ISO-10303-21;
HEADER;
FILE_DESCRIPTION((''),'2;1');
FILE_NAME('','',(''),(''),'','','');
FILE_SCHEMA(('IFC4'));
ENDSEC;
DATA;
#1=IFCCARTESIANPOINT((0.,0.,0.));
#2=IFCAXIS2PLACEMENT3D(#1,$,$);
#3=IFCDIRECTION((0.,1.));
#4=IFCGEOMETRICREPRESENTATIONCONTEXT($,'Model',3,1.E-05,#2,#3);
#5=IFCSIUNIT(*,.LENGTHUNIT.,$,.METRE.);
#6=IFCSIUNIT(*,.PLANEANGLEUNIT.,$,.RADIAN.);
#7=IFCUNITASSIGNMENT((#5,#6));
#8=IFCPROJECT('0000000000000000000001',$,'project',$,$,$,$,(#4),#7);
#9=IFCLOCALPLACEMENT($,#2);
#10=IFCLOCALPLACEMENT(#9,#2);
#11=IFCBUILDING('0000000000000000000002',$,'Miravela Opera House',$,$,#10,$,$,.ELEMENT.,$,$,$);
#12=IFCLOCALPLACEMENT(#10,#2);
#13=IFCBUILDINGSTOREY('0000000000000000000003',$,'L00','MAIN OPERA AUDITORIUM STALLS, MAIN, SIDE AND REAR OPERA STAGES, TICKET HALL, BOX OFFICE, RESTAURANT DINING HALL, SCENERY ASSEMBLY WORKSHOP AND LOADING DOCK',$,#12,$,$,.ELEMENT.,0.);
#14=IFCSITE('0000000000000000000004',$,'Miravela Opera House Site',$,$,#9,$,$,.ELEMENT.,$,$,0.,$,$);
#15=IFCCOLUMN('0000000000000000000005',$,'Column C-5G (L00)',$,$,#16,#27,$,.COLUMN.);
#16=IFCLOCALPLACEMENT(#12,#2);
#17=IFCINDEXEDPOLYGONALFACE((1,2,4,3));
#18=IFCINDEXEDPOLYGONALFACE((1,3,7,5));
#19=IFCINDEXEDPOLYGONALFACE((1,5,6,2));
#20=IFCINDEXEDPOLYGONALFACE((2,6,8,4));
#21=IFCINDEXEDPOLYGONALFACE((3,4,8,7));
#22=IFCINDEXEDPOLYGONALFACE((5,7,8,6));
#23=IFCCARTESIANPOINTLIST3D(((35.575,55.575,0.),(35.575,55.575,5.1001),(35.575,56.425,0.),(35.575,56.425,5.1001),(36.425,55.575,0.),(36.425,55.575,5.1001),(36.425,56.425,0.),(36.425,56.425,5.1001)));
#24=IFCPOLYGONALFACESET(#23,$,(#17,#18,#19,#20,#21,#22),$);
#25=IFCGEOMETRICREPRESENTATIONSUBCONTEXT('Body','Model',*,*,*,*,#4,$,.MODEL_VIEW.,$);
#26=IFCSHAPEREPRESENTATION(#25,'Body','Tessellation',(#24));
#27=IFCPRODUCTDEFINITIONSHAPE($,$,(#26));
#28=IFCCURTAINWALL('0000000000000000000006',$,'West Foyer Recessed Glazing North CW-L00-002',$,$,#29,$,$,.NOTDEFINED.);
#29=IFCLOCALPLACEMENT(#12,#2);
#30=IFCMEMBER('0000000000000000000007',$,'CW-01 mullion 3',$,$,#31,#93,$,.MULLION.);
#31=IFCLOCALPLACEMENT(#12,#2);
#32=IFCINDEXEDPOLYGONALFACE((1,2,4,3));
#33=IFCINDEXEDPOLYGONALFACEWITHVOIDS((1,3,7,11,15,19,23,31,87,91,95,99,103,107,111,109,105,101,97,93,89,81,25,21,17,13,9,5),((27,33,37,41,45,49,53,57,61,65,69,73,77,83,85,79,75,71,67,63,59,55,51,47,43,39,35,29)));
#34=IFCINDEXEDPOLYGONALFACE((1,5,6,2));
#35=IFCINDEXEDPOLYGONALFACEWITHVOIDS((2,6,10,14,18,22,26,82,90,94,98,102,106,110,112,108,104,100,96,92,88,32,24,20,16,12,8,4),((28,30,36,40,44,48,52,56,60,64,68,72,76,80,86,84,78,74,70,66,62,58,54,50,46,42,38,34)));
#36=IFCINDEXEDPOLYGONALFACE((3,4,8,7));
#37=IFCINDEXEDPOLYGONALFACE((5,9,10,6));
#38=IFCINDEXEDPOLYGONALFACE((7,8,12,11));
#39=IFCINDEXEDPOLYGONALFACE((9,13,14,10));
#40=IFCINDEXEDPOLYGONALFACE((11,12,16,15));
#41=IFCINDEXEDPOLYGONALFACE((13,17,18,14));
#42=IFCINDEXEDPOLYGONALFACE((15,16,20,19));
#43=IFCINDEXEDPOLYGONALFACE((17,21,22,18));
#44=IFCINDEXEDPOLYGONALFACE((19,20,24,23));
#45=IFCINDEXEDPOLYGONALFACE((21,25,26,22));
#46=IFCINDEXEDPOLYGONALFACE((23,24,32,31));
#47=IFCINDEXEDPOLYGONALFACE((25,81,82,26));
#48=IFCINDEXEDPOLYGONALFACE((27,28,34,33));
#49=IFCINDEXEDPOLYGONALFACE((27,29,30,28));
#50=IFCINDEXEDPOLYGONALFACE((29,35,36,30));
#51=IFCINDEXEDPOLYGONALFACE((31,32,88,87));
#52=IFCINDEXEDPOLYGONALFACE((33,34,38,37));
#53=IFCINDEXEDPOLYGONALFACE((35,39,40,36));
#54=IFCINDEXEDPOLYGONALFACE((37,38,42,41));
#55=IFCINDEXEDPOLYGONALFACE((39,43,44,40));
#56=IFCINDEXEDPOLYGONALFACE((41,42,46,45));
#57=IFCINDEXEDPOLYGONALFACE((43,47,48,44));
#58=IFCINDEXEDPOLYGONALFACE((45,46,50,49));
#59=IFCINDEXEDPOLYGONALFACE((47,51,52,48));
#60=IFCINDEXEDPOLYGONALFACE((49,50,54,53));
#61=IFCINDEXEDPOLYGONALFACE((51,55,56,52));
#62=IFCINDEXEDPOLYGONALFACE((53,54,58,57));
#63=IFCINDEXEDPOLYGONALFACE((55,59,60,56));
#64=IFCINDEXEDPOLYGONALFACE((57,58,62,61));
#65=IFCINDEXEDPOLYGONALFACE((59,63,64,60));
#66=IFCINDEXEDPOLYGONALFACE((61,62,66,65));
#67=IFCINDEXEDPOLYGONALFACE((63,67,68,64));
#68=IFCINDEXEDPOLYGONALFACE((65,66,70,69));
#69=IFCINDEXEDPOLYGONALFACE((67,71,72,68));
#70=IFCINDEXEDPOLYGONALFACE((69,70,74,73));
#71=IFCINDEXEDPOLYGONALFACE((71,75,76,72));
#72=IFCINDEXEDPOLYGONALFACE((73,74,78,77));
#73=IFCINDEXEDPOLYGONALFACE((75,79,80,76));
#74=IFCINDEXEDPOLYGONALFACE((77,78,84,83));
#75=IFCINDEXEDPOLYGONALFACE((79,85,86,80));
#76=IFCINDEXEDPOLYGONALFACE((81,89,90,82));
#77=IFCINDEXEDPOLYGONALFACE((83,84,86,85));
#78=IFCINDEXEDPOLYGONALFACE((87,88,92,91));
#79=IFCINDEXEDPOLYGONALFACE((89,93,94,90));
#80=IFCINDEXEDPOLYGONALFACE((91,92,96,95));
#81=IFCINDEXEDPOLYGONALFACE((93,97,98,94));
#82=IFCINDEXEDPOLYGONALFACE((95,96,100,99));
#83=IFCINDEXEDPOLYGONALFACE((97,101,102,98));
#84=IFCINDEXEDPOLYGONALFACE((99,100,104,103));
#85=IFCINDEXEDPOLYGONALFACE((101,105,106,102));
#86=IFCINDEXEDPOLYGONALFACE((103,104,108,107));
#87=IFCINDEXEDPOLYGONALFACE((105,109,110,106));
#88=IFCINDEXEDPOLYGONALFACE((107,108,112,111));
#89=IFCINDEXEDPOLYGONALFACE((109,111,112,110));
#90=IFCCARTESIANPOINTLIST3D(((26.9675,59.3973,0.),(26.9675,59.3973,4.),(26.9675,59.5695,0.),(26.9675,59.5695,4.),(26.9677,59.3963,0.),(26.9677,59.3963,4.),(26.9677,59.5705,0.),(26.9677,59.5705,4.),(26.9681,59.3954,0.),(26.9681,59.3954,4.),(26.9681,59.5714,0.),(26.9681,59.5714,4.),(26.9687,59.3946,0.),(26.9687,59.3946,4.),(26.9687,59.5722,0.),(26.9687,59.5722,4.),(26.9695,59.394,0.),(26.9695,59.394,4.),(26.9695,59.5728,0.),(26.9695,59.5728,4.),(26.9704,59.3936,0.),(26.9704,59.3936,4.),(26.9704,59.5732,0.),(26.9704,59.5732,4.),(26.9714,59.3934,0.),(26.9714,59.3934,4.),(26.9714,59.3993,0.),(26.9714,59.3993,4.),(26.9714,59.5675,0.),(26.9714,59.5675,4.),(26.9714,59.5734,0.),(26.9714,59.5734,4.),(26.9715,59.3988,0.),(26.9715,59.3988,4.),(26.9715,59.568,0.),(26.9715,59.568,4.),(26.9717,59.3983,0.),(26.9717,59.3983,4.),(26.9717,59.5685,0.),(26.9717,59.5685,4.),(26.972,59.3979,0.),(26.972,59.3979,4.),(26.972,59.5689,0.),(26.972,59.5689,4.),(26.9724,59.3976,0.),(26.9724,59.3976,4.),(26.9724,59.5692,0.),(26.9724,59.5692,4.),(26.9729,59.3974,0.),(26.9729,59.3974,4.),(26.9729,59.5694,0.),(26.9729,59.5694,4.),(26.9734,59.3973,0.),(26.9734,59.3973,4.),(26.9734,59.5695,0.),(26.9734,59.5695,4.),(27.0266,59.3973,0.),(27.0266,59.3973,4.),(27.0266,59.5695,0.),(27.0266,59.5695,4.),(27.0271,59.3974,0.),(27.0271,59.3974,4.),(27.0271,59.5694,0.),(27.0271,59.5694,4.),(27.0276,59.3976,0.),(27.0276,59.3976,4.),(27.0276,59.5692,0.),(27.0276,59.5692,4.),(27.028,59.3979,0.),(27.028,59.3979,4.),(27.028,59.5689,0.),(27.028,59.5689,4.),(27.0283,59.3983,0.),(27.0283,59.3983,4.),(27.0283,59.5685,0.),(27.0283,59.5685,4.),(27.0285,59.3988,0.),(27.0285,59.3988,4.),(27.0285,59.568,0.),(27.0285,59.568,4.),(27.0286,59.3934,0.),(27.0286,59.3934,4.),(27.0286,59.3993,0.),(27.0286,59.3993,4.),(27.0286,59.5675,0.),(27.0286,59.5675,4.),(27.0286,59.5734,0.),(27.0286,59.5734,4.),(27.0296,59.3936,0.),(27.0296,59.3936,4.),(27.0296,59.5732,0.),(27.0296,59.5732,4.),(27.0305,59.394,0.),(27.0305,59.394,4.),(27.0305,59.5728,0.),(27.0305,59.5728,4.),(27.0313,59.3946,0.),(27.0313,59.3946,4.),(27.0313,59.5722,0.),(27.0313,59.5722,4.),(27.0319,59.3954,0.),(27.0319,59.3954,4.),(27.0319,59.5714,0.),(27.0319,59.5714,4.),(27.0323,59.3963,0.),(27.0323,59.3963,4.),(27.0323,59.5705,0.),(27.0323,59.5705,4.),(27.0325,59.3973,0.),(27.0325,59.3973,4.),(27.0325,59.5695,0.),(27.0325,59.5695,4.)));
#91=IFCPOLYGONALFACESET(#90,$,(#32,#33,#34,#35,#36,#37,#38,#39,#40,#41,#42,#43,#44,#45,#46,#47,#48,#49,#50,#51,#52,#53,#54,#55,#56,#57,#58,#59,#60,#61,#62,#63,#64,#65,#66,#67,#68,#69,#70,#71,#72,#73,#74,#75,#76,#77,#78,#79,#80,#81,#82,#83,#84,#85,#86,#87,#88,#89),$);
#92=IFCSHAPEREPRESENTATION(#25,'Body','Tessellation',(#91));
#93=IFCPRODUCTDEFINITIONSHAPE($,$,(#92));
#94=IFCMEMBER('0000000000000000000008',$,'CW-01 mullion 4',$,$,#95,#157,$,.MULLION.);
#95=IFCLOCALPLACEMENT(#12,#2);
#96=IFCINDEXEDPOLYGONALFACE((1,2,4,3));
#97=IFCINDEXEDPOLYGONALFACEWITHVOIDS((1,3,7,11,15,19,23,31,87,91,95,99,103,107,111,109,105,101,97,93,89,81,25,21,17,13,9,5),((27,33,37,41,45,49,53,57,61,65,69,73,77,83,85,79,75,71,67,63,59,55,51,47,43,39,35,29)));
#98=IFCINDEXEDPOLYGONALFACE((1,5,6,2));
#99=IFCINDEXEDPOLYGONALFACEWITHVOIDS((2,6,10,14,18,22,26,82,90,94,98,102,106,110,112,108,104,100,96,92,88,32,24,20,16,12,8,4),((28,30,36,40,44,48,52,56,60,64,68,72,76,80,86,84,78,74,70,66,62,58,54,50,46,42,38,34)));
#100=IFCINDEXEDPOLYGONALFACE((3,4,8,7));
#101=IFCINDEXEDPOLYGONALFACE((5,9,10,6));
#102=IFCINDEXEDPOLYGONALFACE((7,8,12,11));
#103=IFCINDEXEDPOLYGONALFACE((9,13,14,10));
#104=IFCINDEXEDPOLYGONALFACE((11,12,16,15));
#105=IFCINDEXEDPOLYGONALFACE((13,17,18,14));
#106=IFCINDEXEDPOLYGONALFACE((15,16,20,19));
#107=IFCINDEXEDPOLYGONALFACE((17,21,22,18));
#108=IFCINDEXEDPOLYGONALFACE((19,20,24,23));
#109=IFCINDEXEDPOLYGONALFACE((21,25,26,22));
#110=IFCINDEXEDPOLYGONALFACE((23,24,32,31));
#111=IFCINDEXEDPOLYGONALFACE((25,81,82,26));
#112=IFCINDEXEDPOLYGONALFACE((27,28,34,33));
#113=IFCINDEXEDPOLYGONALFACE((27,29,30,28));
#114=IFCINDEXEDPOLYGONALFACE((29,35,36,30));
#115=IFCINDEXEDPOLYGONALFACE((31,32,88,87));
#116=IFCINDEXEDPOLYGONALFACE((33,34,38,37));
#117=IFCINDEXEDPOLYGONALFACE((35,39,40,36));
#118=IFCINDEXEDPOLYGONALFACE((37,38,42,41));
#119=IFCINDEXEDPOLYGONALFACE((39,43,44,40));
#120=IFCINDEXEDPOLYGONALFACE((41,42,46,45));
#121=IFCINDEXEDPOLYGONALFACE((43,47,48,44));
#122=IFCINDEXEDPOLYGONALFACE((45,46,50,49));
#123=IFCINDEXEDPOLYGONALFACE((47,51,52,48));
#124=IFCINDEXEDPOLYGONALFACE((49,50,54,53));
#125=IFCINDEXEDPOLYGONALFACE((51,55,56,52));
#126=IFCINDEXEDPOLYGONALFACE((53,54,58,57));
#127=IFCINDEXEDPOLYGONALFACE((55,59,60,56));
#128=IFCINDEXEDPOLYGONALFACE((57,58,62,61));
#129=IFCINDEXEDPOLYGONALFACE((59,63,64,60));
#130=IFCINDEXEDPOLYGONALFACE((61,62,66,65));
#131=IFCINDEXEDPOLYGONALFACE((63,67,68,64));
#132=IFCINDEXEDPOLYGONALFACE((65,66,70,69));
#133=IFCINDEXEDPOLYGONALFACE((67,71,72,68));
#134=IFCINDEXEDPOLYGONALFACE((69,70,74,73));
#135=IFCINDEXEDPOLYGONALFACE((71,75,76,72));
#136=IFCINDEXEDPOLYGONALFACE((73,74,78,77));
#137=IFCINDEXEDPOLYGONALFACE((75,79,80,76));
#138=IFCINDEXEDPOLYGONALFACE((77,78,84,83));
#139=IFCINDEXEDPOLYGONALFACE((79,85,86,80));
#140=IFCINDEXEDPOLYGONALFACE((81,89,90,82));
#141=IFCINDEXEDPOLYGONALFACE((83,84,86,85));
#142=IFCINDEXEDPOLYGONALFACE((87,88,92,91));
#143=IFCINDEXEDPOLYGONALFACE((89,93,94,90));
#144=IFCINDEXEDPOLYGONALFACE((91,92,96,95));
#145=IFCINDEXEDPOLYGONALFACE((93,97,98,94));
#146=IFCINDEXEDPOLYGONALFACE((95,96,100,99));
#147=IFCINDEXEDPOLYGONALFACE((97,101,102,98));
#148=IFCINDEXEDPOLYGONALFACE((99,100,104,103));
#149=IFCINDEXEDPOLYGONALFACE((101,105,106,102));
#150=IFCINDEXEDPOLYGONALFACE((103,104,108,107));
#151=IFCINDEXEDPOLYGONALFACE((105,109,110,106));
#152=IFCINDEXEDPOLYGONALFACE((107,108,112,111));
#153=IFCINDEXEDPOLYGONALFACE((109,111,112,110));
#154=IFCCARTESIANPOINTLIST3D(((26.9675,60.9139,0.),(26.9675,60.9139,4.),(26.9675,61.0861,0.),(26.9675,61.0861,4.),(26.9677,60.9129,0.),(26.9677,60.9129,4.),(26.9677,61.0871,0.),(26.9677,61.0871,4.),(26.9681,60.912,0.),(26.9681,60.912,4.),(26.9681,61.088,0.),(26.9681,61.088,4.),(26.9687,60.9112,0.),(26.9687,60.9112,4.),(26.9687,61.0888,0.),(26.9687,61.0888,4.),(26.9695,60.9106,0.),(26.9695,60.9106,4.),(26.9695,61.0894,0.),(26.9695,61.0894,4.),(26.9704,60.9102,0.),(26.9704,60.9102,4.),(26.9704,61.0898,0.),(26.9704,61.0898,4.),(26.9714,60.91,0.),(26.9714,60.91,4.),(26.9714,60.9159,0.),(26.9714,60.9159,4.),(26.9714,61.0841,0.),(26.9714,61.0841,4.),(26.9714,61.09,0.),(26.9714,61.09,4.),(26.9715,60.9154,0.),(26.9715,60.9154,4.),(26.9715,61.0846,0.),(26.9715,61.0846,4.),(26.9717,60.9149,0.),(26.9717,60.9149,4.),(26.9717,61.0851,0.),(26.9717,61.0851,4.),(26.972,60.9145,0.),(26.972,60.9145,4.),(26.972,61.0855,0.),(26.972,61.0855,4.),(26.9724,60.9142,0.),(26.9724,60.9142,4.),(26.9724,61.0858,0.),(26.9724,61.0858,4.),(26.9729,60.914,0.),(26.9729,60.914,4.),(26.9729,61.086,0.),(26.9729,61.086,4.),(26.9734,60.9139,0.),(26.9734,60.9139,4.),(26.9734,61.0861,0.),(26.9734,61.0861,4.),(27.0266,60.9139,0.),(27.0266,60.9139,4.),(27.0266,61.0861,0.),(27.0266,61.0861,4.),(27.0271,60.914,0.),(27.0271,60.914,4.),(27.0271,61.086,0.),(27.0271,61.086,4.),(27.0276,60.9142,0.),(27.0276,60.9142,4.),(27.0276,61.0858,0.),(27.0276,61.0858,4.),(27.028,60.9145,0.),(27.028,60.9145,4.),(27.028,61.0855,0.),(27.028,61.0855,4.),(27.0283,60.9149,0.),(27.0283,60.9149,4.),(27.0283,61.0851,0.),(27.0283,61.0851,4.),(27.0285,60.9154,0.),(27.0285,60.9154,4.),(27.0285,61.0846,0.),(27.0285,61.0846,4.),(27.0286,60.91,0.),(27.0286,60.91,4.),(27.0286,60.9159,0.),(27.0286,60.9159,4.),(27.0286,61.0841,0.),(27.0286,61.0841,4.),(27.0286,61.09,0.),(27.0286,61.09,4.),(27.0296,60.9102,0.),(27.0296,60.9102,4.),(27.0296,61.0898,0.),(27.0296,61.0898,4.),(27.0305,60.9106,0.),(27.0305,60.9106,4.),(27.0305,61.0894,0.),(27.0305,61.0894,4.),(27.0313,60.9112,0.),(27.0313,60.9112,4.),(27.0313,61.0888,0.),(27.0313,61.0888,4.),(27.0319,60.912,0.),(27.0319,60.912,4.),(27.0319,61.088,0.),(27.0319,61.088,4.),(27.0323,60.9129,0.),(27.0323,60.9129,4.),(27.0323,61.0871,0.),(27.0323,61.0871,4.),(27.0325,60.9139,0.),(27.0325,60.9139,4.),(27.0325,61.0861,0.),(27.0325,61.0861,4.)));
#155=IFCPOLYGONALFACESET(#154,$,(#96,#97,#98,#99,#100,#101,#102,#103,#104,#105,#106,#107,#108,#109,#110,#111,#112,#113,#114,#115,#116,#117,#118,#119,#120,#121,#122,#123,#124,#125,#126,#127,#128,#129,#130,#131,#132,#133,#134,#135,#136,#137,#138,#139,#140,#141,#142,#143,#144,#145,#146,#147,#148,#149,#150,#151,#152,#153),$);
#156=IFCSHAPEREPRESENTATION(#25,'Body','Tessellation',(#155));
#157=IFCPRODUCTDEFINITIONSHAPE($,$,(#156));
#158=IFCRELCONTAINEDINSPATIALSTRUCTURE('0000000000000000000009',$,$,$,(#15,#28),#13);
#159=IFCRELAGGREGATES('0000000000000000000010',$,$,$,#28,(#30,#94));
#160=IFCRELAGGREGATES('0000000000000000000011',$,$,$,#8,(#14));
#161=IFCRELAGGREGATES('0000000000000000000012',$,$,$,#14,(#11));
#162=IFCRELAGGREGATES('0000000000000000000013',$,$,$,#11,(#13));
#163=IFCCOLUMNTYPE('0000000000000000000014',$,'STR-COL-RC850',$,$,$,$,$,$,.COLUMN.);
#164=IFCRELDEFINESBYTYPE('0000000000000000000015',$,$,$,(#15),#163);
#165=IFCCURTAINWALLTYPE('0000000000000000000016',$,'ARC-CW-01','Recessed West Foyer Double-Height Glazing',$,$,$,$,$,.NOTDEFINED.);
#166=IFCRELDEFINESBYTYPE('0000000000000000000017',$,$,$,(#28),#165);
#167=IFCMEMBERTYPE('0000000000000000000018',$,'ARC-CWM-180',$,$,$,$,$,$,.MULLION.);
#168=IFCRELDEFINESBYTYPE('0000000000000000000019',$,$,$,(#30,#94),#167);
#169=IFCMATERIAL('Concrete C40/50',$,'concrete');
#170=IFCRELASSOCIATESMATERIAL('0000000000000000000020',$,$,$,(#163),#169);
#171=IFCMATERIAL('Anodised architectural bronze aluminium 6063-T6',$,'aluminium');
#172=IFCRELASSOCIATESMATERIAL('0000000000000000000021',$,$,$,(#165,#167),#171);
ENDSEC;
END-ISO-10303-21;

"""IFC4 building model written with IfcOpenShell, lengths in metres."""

from ifc_helpers import new_model, si_unit, direction, frame, origin, origin_2d, place, context, subcontext, project, spatial, rectangle, hollow_rectangle, extrude, material, material_profile, profile_set, type_object, element, aggregate, save


model = new_model("IFC4")

# Units and contexts
model_context = context("Model", 3, precision=1e-05, world=origin(), true_north=direction((0.0, 1.0)))
body_context = subcontext(model_context, "Body", "Model", "MODEL_VIEW")
ifc_project = project(units=[si_unit("LENGTHUNIT", "METRE"), si_unit("PLANEANGLEUNIT", "RADIAN")], contexts=[model_context])

# Site, building, storey
site_placement = place(None, origin())
site = spatial("IfcSite", under=ifc_project, at=site_placement, Name="Miravela Opera House Site", CompositionType="ELEMENT", RefElevation=0.0)
building_placement = place(site_placement, origin())
building = spatial("IfcBuilding", under=site, at=building_placement, Name="Miravela Opera House", CompositionType="ELEMENT")
storey_placement = place(building_placement, origin())
storey = spatial("IfcBuildingStorey", under=building, at=storey_placement, Name="L00", Description="MAIN OPERA AUDITORIUM STALLS, MAIN, SIDE AND REAR OPERA STAGES, TICKET HALL, BOX OFFICE, RESTAURANT DINING HALL, SCENERY ASSEMBLY WORKSHOP AND LOADING DOCK", CompositionType="ELEMENT", Elevation=0.0)

# Column
ifc_material_1 = material(Name="Concrete C40/50", Category="concrete")
ifc_material_profile_1 = material_profile(ifc_material_1, rectangle(XDim=0.8501, YDim=0.8501, at=origin_2d()), Name="RC-COL-850X850")
ifc_profile_set_1 = profile_set([ifc_material_profile_1])
column_type = type_object("IfcColumnType", Name="STR-COL-RC850", PredefinedType="COLUMN", material=ifc_profile_set_1)
column_placement = place(storey_placement, frame((36.0, 56.0, 0.0), z_axis=(0.0, 0.0, 1.0), x_axis=(1.0, 0.0, 0.0)))
element("IfcColumn", 1, at=column_placement, inside=storey, type_object=column_type, Name="Column C-5G (L00)", PredefinedType="COLUMN", context=body_context, shape_type="SweptSolid", body=[
    extrude(rectangle(XDim=0.8501, YDim=0.8501, at=origin_2d()), origin(), (0.0, 0.0, 1.0), 5.1001),
])

# Curtain wall, members
ifc_material_2 = material(Name="Anodised architectural bronze aluminium 6063-T6", Category="aluminium")
curtain_wall_type = type_object("IfcCurtainWallType", Name="ARC-CW-01", Description="Recessed West Foyer Double-Height Glazing", PredefinedType="NOTDEFINED", material=ifc_material_2)
curtain_wall_placement = place(storey_placement, origin())
curtain_wall = element("IfcCurtainWall", 2, at=curtain_wall_placement, inside=storey, type_object=curtain_wall_type, Name="West Foyer Recessed Glazing North CW-L00-002", PredefinedType="NOTDEFINED")
ifc_material_profile_2 = material_profile(ifc_material_2, hollow_rectangle(XDim=0.0649, YDim=0.1799, WallThickness=0.0039, InnerFilletRadius=0.002, OuterFilletRadius=0.0039, at=origin_2d()), Name="CWM-65X180")
ifc_profile_set_2 = profile_set([ifc_material_profile_2])
member_type_1 = type_object("IfcMemberType", Name="ARC-CWM-180", PredefinedType="MULLION", material=ifc_profile_set_2)
member_1_placement = place(storey_placement, frame((27.0, 59.4834, 0.0), z_axis=(0.0, 0.0, 1.0), x_axis=(-1.0, 0.0, 0.0)))
member_1 = element("IfcMember", 3, at=member_1_placement, type_object=member_type_1, Name="CW-01 mullion 3", PredefinedType="MULLION", context=body_context, shape_type="SweptSolid", body=[
    extrude(hollow_rectangle(XDim=0.0649, YDim=0.1799, WallThickness=0.0039, InnerFilletRadius=0.002, OuterFilletRadius=0.0039, at=origin_2d()), origin(), (0.0, 0.0, 1.0), 4.0),
])
member_2_placement = place(storey_placement, frame((27.0, 61.0, 0.0), z_axis=(0.0, 0.0, 1.0), x_axis=(-1.0, 0.0, 0.0)))
member_2 = element("IfcMember", 4, at=member_2_placement, type_object=member_type_1, Name="CW-01 mullion 4", PredefinedType="MULLION", context=body_context, shape_type="SweptSolid", body=[
    extrude(hollow_rectangle(XDim=0.0649, YDim=0.1799, WallThickness=0.0039, InnerFilletRadius=0.002, OuterFilletRadius=0.0039, at=origin_2d()), origin(), (0.0, 0.0, 1.0), 4.0),
])

aggregate(curtain_wall, [member_1, member_2])

save(model, "model.ifc")
